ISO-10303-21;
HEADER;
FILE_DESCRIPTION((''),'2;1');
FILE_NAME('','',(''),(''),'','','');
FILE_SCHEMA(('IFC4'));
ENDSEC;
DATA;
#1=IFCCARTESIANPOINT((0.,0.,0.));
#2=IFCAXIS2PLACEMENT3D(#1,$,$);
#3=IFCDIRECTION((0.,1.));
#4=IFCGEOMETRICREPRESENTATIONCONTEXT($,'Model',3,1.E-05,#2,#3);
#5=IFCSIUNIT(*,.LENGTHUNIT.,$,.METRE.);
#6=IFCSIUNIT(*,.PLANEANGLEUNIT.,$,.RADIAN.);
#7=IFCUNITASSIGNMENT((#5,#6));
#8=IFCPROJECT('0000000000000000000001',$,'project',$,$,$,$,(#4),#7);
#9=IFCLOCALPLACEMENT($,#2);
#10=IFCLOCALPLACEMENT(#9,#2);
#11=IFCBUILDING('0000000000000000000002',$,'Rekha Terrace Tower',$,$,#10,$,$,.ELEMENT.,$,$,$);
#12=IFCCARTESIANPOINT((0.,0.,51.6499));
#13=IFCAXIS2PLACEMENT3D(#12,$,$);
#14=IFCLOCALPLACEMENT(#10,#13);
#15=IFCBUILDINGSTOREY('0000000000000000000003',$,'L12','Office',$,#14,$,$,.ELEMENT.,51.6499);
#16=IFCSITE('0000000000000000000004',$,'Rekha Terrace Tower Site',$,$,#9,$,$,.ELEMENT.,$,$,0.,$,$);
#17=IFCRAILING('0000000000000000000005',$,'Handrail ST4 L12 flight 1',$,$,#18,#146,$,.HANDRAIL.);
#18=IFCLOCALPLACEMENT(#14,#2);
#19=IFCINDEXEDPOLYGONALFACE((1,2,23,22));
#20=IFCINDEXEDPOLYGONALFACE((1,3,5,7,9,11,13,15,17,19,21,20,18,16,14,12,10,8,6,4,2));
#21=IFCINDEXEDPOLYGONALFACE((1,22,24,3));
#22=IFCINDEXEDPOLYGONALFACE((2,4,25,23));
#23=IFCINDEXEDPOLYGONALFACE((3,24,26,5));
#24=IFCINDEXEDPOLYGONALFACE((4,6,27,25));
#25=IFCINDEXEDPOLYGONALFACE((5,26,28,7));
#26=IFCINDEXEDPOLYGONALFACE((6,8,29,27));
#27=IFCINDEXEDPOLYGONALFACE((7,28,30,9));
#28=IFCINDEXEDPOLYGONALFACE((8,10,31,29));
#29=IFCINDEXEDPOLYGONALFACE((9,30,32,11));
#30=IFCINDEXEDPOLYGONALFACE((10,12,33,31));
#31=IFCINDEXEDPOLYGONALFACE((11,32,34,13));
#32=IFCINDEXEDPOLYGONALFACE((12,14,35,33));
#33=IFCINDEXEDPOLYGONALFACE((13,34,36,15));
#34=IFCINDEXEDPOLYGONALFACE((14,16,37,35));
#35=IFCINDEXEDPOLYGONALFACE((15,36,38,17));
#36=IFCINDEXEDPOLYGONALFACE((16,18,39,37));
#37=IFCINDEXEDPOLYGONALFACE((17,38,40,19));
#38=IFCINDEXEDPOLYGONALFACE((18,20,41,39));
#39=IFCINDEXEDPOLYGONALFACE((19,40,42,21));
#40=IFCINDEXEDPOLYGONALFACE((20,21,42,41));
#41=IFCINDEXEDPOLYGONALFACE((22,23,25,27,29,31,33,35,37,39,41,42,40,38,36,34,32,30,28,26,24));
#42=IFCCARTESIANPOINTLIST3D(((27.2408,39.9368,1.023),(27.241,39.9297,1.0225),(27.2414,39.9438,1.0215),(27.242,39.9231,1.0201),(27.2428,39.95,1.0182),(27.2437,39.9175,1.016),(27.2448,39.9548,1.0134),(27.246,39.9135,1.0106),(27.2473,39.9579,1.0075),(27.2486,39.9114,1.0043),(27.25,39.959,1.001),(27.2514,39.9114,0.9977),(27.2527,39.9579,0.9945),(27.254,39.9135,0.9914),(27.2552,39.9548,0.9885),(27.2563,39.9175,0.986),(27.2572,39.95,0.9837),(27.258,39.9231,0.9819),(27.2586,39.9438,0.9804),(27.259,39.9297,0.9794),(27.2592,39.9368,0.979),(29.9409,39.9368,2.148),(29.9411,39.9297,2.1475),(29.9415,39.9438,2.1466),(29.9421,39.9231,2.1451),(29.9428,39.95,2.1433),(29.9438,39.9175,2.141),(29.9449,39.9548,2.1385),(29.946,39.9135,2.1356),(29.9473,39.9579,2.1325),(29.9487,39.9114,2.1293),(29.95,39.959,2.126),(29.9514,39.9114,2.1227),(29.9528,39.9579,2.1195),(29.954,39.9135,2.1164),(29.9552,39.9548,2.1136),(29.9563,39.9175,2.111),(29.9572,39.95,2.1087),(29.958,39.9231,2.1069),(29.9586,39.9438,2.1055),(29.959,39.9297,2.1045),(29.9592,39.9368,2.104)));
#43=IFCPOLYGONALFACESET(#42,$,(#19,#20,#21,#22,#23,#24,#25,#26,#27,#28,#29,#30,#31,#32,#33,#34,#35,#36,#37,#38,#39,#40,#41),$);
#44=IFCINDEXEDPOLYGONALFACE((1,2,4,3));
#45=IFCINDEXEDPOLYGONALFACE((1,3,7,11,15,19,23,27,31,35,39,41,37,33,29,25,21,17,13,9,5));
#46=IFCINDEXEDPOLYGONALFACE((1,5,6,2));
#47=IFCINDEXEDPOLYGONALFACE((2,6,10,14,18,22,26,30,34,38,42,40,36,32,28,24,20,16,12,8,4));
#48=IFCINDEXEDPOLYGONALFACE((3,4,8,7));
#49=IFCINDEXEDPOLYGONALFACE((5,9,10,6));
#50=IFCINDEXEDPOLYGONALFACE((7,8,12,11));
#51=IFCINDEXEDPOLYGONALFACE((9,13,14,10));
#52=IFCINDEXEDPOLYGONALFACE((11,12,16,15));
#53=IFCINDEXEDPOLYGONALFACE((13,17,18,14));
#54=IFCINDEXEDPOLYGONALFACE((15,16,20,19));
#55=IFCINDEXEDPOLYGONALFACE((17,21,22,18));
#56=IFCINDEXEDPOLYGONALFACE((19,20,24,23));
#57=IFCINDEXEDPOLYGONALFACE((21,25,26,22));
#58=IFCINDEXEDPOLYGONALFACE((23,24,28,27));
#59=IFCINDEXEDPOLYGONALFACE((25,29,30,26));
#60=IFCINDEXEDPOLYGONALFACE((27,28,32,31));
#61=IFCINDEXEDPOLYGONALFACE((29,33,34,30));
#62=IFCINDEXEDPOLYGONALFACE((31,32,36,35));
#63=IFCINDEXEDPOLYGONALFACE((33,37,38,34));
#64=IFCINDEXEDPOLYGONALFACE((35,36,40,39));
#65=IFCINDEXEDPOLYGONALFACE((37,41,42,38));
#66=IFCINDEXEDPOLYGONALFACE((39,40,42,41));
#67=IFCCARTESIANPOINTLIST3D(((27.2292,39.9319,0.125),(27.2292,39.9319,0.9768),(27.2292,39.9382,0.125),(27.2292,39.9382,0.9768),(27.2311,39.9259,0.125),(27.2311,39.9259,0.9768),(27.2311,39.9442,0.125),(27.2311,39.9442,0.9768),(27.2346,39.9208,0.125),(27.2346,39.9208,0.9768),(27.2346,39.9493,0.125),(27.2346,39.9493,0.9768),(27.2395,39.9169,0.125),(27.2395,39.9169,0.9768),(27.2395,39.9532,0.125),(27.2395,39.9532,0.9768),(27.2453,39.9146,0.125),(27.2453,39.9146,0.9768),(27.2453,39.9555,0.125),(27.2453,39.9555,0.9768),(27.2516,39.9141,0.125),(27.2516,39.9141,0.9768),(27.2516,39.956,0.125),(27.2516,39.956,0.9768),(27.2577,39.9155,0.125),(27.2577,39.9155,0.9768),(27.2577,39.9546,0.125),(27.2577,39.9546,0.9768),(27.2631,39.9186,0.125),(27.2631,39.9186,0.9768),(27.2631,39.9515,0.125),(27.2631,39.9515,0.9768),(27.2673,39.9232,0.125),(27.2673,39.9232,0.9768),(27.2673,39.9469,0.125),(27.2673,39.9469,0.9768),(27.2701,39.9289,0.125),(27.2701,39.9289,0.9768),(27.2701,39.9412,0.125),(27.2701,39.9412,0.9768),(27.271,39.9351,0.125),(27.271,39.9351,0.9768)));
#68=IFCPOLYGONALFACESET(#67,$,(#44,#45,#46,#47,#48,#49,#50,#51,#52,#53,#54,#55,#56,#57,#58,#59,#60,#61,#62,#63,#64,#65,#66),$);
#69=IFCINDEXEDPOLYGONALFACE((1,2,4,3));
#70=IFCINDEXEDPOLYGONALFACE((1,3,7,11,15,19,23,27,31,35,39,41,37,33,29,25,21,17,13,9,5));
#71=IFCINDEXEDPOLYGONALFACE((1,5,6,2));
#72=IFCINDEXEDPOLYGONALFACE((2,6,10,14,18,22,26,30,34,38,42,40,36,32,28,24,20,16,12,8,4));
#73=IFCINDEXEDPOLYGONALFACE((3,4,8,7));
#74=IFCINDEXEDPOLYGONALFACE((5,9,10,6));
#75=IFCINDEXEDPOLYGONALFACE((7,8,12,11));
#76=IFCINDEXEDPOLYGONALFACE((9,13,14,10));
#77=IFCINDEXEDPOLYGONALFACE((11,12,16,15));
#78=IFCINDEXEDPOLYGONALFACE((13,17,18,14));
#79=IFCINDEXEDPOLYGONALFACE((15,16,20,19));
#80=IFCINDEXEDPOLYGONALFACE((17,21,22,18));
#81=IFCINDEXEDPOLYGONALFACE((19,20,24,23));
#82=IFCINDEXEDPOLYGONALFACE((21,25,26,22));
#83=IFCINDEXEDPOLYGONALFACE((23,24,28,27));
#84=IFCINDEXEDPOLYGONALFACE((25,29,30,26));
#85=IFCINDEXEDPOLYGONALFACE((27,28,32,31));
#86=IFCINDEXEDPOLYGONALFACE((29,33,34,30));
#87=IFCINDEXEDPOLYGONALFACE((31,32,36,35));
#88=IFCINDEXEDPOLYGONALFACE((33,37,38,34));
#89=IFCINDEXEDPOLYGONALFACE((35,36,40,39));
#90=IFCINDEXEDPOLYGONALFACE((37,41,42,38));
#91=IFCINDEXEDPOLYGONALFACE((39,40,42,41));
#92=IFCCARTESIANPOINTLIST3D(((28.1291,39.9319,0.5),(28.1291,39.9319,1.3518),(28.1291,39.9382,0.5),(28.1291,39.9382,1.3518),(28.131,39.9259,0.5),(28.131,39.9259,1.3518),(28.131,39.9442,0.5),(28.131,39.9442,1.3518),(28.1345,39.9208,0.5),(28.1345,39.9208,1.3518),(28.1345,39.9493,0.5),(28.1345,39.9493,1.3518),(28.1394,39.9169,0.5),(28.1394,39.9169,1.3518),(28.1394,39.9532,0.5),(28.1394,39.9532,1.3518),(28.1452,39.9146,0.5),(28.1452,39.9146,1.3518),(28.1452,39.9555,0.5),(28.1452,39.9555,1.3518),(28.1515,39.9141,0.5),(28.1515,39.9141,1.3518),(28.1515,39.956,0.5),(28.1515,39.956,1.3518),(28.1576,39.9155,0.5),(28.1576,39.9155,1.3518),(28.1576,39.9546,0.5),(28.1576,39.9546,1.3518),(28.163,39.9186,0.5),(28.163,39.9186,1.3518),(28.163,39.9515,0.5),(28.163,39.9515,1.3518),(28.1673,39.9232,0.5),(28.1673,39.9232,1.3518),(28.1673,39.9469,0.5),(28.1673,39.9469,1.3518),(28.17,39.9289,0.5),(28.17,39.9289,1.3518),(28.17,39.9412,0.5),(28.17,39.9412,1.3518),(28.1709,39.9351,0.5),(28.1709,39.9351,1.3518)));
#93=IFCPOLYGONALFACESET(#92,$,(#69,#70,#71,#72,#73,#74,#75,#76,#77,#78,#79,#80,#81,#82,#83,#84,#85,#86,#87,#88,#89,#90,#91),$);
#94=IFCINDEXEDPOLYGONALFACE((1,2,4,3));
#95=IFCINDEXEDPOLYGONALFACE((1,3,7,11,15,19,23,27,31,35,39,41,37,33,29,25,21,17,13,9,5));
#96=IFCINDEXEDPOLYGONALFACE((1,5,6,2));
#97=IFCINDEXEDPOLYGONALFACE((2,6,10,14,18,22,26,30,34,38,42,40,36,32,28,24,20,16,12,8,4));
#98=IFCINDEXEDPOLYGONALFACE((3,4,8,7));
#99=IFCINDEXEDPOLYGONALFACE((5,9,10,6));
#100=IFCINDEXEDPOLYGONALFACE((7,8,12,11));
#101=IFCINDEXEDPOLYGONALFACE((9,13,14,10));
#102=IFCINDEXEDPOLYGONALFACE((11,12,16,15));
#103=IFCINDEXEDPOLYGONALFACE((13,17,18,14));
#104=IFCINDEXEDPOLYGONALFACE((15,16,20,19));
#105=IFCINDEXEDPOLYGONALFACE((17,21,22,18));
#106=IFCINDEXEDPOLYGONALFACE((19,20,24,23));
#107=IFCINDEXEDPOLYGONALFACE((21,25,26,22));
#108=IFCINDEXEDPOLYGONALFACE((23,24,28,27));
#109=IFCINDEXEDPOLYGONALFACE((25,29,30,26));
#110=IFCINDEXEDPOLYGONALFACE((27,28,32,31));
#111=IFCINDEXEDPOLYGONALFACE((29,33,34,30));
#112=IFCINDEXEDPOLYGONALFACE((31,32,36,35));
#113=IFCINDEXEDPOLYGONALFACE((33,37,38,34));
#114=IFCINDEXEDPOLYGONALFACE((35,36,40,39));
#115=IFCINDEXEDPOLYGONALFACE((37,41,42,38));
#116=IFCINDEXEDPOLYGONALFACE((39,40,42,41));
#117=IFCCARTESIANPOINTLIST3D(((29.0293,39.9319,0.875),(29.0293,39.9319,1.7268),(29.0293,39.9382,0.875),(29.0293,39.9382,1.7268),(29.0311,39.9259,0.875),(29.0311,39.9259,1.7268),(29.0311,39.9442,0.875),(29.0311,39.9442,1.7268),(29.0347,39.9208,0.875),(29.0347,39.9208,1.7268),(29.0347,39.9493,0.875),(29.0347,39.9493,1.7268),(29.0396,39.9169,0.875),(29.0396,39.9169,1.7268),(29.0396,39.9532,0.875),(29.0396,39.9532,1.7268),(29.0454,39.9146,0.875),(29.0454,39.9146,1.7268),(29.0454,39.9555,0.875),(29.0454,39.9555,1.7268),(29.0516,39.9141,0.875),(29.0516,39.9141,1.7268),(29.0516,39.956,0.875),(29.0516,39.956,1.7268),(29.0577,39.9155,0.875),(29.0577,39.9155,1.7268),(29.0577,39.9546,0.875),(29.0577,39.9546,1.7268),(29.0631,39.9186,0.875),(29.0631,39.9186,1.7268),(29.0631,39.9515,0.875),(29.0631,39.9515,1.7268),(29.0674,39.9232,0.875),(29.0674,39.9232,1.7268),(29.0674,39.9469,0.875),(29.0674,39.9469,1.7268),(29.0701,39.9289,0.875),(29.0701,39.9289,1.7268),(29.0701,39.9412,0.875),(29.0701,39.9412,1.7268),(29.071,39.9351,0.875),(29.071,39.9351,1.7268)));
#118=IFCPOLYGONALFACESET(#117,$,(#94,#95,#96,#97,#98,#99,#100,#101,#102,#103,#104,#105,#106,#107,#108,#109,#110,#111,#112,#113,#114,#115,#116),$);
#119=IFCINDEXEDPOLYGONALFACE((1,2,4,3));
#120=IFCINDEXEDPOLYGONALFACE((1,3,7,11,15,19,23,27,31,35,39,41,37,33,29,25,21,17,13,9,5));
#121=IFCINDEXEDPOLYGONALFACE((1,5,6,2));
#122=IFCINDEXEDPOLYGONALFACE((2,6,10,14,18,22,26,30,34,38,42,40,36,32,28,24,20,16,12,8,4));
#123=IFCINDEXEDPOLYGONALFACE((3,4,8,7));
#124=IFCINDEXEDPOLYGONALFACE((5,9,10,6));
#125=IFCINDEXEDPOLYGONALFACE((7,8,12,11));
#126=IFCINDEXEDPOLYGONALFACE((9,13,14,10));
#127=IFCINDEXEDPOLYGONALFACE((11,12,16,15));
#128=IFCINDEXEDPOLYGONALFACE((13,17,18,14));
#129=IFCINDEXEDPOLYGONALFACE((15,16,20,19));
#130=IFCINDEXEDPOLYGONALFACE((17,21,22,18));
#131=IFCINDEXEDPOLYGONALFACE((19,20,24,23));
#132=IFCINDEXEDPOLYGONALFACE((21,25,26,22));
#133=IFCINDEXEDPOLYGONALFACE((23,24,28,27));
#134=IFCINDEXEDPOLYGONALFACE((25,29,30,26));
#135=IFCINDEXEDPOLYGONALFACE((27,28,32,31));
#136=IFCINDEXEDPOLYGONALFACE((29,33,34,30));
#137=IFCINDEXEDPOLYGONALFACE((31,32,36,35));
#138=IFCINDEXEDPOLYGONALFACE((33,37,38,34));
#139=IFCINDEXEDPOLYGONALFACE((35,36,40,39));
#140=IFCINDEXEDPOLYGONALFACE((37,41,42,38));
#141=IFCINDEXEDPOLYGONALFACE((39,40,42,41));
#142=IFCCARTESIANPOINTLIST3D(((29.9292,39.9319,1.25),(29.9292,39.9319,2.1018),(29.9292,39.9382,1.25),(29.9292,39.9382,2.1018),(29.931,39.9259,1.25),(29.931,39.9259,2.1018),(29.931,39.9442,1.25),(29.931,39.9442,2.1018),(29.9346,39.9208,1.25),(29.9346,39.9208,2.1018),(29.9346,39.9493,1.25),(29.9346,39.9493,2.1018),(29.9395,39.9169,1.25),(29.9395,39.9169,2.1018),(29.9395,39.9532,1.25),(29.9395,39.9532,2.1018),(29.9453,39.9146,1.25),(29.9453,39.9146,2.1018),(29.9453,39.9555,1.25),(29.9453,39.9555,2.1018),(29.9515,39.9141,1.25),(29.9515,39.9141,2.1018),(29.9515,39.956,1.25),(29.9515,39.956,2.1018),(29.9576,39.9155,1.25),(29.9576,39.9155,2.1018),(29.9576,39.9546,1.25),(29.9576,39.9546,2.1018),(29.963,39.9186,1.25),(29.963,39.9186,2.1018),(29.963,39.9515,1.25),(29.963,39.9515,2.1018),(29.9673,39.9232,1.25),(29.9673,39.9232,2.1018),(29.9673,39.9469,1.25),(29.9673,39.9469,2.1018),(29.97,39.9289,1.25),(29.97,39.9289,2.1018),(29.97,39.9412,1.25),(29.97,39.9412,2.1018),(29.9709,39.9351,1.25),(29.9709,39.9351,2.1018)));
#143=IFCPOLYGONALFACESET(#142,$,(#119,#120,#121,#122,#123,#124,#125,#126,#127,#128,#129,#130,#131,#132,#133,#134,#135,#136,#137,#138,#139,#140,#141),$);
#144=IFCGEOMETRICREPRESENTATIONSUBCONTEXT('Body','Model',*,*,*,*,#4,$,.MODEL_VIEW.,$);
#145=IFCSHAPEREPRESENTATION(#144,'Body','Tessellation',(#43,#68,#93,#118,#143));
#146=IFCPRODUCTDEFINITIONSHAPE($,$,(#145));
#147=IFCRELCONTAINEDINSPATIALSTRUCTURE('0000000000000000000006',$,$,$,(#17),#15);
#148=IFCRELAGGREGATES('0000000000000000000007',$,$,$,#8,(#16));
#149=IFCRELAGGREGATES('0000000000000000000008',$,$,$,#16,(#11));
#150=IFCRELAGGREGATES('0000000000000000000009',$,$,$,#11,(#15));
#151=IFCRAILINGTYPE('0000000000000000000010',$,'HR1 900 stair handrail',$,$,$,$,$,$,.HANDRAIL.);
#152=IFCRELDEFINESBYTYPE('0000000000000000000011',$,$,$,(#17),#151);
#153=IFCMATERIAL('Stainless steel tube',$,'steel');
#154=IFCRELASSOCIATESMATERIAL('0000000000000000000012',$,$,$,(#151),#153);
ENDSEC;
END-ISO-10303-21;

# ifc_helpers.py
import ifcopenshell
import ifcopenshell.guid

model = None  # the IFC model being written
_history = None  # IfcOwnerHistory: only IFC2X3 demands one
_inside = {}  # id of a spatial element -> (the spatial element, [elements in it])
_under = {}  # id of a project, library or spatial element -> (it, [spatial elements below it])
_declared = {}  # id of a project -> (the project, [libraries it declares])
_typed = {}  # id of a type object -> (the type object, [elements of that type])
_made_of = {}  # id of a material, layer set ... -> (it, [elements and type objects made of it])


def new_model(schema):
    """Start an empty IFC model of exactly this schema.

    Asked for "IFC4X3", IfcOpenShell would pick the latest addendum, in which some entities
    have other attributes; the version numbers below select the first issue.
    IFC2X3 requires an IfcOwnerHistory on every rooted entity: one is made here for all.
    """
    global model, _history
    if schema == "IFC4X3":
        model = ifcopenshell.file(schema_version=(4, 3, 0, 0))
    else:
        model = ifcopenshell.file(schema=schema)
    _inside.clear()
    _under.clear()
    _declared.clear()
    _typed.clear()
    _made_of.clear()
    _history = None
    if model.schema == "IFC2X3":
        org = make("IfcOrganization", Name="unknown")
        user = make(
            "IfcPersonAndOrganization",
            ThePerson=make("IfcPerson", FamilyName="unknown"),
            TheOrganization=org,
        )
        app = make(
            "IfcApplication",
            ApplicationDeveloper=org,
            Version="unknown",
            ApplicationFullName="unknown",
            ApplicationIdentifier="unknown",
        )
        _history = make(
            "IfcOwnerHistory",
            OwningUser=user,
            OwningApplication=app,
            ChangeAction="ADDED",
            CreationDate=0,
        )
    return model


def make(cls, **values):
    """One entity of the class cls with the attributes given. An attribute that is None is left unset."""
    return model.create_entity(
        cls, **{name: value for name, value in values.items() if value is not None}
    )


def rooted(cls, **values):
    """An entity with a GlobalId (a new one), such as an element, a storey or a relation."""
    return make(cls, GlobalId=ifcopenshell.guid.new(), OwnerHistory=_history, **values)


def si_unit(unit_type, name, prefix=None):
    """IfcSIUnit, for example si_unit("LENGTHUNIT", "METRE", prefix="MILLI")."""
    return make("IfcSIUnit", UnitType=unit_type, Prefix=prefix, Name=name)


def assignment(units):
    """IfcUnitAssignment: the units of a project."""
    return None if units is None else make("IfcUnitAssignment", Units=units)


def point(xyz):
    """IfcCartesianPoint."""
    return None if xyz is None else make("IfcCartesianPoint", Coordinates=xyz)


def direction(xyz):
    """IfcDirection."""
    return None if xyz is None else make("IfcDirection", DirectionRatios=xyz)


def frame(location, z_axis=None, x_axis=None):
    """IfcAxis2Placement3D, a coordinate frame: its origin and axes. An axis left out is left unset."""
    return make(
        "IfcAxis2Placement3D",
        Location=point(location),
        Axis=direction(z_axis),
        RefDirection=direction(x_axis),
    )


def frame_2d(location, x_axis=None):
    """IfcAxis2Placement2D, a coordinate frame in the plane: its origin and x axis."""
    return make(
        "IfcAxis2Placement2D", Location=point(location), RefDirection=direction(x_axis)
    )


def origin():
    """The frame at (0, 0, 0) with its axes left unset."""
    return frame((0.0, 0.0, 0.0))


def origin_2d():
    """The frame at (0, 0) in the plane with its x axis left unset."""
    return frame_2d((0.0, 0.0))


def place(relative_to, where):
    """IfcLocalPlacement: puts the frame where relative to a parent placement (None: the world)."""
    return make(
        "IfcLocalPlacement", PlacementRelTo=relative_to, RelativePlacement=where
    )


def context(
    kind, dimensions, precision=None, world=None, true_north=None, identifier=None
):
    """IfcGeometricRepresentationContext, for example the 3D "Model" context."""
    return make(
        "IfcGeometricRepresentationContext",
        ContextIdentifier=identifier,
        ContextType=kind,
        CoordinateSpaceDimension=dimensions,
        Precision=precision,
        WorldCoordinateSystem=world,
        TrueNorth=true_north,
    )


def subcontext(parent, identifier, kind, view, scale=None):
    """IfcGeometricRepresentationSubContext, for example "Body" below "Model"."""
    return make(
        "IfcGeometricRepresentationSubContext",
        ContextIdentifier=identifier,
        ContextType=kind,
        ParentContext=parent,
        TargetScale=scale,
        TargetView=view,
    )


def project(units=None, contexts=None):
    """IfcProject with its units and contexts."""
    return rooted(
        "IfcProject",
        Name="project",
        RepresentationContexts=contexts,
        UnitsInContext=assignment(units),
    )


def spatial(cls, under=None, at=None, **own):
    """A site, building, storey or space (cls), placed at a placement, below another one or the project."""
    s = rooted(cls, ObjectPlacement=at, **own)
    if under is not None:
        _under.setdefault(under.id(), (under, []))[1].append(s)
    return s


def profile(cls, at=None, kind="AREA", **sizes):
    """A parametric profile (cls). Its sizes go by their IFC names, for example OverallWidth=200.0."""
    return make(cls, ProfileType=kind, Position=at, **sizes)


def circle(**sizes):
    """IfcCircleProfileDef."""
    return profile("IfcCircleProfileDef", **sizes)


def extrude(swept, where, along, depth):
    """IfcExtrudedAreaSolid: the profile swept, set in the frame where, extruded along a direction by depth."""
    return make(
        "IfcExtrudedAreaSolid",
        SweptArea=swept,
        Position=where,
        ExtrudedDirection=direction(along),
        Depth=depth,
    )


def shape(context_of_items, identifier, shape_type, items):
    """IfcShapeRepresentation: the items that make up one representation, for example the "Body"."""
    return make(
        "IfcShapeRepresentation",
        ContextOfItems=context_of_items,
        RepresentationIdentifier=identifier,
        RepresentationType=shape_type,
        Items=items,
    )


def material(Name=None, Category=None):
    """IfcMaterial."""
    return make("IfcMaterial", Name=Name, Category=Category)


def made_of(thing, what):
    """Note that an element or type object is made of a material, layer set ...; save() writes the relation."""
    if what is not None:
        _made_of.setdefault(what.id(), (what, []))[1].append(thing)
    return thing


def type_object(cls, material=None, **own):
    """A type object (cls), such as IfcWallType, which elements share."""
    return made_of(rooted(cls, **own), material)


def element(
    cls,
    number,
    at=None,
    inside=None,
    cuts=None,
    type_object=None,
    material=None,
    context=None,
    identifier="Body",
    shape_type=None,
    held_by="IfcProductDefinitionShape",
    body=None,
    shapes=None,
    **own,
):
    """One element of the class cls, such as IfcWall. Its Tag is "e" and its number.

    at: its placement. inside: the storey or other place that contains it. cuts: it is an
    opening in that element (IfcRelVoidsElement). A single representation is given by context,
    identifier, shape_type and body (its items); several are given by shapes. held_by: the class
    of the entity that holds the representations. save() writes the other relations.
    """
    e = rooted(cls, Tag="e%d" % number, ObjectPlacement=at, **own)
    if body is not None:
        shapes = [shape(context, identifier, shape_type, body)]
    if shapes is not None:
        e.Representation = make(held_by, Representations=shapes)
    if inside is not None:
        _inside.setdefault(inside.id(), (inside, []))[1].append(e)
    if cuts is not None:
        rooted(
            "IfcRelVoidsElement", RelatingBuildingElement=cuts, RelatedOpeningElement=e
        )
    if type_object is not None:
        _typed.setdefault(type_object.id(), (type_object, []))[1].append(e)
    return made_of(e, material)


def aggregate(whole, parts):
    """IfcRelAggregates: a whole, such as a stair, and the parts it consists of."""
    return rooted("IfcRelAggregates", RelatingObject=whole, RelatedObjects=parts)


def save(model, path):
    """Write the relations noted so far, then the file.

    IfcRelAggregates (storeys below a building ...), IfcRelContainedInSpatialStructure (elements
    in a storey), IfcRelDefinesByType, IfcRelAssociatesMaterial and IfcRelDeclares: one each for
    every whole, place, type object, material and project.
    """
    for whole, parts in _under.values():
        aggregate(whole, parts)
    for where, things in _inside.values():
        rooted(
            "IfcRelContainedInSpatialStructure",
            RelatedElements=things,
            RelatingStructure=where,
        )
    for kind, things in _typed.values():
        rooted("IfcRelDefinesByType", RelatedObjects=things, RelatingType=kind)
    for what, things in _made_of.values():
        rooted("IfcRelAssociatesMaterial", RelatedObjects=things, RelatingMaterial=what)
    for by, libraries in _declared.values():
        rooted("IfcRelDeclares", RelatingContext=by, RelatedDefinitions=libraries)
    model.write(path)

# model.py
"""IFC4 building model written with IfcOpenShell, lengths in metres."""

from ifc_helpers import new_model, si_unit, direction, frame, origin, origin_2d, place, context, subcontext, project, spatial, circle, extrude, material, type_object, element, save


model = new_model("IFC4")

# Units and contexts
model_context = context("Model", 3, precision=1e-05, world=origin(), true_north=direction((0.0, 1.0)))
body_context = subcontext(model_context, "Body", "Model", "MODEL_VIEW")
ifc_project = project(units=[si_unit("LENGTHUNIT", "METRE"), si_unit("PLANEANGLEUNIT", "RADIAN")], contexts=[model_context])

# Site, building, storey
site_placement = place(None, origin())
site = spatial("IfcSite", under=ifc_project, at=site_placement, Name="Rekha Terrace Tower Site", CompositionType="ELEMENT", RefElevation=0.0)
building_placement = place(site_placement, origin())
building = spatial("IfcBuilding", under=site, at=building_placement, Name="Rekha Terrace Tower", CompositionType="ELEMENT")
storey_placement = place(building_placement, frame((0.0, 0.0, 51.6499)))
storey = spatial("IfcBuildingStorey", under=building, at=storey_placement, Name="L12", Description="Office", CompositionType="ELEMENT", Elevation=51.6499)

# Railing
ifc_material_1 = material(Name="Stainless steel tube", Category="steel")
railing_type_1 = type_object("IfcRailingType", Name="HR1 900 stair handrail", PredefinedType="HANDRAIL", material=ifc_material_1)
railing_1_placement = place(storey_placement, frame((27.25, 39.9351, 0.125)))
element("IfcRailing", 1, at=railing_1_placement, inside=storey, type_object=railing_type_1, Name="Handrail ST4 L12 flight 1", PredefinedType="HANDRAIL", context=body_context, shape_type="SweptSolid", body=[
    extrude(circle(Radius=0.0239, at=origin_2d()), frame((0.0, 0.0, 0.876), z_axis=(0.923074, 0.0, 0.384621), x_axis=(0.0, 1.0, 0.0)), (0.0, 0.0, 1.0), 2.925),
    extrude(circle(Radius=0.021, at=origin_2d()), origin(), (0.0, 0.0, 1.0), 0.8518),
    extrude(circle(Radius=0.021, at=origin_2d()), frame((0.8999, 0.0, 0.375)), (0.0, 0.0, 1.0), 0.8518),
    extrude(circle(Radius=0.021, at=origin_2d()), frame((1.8, 0.0, 0.75)), (0.0, 0.0, 1.0), 0.8518),
    extrude(circle(Radius=0.021, at=origin_2d()), frame((2.7, 0.0, 1.125)), (0.0, 0.0, 1.0), 0.8518),
])

save(model, "model.ifc")
